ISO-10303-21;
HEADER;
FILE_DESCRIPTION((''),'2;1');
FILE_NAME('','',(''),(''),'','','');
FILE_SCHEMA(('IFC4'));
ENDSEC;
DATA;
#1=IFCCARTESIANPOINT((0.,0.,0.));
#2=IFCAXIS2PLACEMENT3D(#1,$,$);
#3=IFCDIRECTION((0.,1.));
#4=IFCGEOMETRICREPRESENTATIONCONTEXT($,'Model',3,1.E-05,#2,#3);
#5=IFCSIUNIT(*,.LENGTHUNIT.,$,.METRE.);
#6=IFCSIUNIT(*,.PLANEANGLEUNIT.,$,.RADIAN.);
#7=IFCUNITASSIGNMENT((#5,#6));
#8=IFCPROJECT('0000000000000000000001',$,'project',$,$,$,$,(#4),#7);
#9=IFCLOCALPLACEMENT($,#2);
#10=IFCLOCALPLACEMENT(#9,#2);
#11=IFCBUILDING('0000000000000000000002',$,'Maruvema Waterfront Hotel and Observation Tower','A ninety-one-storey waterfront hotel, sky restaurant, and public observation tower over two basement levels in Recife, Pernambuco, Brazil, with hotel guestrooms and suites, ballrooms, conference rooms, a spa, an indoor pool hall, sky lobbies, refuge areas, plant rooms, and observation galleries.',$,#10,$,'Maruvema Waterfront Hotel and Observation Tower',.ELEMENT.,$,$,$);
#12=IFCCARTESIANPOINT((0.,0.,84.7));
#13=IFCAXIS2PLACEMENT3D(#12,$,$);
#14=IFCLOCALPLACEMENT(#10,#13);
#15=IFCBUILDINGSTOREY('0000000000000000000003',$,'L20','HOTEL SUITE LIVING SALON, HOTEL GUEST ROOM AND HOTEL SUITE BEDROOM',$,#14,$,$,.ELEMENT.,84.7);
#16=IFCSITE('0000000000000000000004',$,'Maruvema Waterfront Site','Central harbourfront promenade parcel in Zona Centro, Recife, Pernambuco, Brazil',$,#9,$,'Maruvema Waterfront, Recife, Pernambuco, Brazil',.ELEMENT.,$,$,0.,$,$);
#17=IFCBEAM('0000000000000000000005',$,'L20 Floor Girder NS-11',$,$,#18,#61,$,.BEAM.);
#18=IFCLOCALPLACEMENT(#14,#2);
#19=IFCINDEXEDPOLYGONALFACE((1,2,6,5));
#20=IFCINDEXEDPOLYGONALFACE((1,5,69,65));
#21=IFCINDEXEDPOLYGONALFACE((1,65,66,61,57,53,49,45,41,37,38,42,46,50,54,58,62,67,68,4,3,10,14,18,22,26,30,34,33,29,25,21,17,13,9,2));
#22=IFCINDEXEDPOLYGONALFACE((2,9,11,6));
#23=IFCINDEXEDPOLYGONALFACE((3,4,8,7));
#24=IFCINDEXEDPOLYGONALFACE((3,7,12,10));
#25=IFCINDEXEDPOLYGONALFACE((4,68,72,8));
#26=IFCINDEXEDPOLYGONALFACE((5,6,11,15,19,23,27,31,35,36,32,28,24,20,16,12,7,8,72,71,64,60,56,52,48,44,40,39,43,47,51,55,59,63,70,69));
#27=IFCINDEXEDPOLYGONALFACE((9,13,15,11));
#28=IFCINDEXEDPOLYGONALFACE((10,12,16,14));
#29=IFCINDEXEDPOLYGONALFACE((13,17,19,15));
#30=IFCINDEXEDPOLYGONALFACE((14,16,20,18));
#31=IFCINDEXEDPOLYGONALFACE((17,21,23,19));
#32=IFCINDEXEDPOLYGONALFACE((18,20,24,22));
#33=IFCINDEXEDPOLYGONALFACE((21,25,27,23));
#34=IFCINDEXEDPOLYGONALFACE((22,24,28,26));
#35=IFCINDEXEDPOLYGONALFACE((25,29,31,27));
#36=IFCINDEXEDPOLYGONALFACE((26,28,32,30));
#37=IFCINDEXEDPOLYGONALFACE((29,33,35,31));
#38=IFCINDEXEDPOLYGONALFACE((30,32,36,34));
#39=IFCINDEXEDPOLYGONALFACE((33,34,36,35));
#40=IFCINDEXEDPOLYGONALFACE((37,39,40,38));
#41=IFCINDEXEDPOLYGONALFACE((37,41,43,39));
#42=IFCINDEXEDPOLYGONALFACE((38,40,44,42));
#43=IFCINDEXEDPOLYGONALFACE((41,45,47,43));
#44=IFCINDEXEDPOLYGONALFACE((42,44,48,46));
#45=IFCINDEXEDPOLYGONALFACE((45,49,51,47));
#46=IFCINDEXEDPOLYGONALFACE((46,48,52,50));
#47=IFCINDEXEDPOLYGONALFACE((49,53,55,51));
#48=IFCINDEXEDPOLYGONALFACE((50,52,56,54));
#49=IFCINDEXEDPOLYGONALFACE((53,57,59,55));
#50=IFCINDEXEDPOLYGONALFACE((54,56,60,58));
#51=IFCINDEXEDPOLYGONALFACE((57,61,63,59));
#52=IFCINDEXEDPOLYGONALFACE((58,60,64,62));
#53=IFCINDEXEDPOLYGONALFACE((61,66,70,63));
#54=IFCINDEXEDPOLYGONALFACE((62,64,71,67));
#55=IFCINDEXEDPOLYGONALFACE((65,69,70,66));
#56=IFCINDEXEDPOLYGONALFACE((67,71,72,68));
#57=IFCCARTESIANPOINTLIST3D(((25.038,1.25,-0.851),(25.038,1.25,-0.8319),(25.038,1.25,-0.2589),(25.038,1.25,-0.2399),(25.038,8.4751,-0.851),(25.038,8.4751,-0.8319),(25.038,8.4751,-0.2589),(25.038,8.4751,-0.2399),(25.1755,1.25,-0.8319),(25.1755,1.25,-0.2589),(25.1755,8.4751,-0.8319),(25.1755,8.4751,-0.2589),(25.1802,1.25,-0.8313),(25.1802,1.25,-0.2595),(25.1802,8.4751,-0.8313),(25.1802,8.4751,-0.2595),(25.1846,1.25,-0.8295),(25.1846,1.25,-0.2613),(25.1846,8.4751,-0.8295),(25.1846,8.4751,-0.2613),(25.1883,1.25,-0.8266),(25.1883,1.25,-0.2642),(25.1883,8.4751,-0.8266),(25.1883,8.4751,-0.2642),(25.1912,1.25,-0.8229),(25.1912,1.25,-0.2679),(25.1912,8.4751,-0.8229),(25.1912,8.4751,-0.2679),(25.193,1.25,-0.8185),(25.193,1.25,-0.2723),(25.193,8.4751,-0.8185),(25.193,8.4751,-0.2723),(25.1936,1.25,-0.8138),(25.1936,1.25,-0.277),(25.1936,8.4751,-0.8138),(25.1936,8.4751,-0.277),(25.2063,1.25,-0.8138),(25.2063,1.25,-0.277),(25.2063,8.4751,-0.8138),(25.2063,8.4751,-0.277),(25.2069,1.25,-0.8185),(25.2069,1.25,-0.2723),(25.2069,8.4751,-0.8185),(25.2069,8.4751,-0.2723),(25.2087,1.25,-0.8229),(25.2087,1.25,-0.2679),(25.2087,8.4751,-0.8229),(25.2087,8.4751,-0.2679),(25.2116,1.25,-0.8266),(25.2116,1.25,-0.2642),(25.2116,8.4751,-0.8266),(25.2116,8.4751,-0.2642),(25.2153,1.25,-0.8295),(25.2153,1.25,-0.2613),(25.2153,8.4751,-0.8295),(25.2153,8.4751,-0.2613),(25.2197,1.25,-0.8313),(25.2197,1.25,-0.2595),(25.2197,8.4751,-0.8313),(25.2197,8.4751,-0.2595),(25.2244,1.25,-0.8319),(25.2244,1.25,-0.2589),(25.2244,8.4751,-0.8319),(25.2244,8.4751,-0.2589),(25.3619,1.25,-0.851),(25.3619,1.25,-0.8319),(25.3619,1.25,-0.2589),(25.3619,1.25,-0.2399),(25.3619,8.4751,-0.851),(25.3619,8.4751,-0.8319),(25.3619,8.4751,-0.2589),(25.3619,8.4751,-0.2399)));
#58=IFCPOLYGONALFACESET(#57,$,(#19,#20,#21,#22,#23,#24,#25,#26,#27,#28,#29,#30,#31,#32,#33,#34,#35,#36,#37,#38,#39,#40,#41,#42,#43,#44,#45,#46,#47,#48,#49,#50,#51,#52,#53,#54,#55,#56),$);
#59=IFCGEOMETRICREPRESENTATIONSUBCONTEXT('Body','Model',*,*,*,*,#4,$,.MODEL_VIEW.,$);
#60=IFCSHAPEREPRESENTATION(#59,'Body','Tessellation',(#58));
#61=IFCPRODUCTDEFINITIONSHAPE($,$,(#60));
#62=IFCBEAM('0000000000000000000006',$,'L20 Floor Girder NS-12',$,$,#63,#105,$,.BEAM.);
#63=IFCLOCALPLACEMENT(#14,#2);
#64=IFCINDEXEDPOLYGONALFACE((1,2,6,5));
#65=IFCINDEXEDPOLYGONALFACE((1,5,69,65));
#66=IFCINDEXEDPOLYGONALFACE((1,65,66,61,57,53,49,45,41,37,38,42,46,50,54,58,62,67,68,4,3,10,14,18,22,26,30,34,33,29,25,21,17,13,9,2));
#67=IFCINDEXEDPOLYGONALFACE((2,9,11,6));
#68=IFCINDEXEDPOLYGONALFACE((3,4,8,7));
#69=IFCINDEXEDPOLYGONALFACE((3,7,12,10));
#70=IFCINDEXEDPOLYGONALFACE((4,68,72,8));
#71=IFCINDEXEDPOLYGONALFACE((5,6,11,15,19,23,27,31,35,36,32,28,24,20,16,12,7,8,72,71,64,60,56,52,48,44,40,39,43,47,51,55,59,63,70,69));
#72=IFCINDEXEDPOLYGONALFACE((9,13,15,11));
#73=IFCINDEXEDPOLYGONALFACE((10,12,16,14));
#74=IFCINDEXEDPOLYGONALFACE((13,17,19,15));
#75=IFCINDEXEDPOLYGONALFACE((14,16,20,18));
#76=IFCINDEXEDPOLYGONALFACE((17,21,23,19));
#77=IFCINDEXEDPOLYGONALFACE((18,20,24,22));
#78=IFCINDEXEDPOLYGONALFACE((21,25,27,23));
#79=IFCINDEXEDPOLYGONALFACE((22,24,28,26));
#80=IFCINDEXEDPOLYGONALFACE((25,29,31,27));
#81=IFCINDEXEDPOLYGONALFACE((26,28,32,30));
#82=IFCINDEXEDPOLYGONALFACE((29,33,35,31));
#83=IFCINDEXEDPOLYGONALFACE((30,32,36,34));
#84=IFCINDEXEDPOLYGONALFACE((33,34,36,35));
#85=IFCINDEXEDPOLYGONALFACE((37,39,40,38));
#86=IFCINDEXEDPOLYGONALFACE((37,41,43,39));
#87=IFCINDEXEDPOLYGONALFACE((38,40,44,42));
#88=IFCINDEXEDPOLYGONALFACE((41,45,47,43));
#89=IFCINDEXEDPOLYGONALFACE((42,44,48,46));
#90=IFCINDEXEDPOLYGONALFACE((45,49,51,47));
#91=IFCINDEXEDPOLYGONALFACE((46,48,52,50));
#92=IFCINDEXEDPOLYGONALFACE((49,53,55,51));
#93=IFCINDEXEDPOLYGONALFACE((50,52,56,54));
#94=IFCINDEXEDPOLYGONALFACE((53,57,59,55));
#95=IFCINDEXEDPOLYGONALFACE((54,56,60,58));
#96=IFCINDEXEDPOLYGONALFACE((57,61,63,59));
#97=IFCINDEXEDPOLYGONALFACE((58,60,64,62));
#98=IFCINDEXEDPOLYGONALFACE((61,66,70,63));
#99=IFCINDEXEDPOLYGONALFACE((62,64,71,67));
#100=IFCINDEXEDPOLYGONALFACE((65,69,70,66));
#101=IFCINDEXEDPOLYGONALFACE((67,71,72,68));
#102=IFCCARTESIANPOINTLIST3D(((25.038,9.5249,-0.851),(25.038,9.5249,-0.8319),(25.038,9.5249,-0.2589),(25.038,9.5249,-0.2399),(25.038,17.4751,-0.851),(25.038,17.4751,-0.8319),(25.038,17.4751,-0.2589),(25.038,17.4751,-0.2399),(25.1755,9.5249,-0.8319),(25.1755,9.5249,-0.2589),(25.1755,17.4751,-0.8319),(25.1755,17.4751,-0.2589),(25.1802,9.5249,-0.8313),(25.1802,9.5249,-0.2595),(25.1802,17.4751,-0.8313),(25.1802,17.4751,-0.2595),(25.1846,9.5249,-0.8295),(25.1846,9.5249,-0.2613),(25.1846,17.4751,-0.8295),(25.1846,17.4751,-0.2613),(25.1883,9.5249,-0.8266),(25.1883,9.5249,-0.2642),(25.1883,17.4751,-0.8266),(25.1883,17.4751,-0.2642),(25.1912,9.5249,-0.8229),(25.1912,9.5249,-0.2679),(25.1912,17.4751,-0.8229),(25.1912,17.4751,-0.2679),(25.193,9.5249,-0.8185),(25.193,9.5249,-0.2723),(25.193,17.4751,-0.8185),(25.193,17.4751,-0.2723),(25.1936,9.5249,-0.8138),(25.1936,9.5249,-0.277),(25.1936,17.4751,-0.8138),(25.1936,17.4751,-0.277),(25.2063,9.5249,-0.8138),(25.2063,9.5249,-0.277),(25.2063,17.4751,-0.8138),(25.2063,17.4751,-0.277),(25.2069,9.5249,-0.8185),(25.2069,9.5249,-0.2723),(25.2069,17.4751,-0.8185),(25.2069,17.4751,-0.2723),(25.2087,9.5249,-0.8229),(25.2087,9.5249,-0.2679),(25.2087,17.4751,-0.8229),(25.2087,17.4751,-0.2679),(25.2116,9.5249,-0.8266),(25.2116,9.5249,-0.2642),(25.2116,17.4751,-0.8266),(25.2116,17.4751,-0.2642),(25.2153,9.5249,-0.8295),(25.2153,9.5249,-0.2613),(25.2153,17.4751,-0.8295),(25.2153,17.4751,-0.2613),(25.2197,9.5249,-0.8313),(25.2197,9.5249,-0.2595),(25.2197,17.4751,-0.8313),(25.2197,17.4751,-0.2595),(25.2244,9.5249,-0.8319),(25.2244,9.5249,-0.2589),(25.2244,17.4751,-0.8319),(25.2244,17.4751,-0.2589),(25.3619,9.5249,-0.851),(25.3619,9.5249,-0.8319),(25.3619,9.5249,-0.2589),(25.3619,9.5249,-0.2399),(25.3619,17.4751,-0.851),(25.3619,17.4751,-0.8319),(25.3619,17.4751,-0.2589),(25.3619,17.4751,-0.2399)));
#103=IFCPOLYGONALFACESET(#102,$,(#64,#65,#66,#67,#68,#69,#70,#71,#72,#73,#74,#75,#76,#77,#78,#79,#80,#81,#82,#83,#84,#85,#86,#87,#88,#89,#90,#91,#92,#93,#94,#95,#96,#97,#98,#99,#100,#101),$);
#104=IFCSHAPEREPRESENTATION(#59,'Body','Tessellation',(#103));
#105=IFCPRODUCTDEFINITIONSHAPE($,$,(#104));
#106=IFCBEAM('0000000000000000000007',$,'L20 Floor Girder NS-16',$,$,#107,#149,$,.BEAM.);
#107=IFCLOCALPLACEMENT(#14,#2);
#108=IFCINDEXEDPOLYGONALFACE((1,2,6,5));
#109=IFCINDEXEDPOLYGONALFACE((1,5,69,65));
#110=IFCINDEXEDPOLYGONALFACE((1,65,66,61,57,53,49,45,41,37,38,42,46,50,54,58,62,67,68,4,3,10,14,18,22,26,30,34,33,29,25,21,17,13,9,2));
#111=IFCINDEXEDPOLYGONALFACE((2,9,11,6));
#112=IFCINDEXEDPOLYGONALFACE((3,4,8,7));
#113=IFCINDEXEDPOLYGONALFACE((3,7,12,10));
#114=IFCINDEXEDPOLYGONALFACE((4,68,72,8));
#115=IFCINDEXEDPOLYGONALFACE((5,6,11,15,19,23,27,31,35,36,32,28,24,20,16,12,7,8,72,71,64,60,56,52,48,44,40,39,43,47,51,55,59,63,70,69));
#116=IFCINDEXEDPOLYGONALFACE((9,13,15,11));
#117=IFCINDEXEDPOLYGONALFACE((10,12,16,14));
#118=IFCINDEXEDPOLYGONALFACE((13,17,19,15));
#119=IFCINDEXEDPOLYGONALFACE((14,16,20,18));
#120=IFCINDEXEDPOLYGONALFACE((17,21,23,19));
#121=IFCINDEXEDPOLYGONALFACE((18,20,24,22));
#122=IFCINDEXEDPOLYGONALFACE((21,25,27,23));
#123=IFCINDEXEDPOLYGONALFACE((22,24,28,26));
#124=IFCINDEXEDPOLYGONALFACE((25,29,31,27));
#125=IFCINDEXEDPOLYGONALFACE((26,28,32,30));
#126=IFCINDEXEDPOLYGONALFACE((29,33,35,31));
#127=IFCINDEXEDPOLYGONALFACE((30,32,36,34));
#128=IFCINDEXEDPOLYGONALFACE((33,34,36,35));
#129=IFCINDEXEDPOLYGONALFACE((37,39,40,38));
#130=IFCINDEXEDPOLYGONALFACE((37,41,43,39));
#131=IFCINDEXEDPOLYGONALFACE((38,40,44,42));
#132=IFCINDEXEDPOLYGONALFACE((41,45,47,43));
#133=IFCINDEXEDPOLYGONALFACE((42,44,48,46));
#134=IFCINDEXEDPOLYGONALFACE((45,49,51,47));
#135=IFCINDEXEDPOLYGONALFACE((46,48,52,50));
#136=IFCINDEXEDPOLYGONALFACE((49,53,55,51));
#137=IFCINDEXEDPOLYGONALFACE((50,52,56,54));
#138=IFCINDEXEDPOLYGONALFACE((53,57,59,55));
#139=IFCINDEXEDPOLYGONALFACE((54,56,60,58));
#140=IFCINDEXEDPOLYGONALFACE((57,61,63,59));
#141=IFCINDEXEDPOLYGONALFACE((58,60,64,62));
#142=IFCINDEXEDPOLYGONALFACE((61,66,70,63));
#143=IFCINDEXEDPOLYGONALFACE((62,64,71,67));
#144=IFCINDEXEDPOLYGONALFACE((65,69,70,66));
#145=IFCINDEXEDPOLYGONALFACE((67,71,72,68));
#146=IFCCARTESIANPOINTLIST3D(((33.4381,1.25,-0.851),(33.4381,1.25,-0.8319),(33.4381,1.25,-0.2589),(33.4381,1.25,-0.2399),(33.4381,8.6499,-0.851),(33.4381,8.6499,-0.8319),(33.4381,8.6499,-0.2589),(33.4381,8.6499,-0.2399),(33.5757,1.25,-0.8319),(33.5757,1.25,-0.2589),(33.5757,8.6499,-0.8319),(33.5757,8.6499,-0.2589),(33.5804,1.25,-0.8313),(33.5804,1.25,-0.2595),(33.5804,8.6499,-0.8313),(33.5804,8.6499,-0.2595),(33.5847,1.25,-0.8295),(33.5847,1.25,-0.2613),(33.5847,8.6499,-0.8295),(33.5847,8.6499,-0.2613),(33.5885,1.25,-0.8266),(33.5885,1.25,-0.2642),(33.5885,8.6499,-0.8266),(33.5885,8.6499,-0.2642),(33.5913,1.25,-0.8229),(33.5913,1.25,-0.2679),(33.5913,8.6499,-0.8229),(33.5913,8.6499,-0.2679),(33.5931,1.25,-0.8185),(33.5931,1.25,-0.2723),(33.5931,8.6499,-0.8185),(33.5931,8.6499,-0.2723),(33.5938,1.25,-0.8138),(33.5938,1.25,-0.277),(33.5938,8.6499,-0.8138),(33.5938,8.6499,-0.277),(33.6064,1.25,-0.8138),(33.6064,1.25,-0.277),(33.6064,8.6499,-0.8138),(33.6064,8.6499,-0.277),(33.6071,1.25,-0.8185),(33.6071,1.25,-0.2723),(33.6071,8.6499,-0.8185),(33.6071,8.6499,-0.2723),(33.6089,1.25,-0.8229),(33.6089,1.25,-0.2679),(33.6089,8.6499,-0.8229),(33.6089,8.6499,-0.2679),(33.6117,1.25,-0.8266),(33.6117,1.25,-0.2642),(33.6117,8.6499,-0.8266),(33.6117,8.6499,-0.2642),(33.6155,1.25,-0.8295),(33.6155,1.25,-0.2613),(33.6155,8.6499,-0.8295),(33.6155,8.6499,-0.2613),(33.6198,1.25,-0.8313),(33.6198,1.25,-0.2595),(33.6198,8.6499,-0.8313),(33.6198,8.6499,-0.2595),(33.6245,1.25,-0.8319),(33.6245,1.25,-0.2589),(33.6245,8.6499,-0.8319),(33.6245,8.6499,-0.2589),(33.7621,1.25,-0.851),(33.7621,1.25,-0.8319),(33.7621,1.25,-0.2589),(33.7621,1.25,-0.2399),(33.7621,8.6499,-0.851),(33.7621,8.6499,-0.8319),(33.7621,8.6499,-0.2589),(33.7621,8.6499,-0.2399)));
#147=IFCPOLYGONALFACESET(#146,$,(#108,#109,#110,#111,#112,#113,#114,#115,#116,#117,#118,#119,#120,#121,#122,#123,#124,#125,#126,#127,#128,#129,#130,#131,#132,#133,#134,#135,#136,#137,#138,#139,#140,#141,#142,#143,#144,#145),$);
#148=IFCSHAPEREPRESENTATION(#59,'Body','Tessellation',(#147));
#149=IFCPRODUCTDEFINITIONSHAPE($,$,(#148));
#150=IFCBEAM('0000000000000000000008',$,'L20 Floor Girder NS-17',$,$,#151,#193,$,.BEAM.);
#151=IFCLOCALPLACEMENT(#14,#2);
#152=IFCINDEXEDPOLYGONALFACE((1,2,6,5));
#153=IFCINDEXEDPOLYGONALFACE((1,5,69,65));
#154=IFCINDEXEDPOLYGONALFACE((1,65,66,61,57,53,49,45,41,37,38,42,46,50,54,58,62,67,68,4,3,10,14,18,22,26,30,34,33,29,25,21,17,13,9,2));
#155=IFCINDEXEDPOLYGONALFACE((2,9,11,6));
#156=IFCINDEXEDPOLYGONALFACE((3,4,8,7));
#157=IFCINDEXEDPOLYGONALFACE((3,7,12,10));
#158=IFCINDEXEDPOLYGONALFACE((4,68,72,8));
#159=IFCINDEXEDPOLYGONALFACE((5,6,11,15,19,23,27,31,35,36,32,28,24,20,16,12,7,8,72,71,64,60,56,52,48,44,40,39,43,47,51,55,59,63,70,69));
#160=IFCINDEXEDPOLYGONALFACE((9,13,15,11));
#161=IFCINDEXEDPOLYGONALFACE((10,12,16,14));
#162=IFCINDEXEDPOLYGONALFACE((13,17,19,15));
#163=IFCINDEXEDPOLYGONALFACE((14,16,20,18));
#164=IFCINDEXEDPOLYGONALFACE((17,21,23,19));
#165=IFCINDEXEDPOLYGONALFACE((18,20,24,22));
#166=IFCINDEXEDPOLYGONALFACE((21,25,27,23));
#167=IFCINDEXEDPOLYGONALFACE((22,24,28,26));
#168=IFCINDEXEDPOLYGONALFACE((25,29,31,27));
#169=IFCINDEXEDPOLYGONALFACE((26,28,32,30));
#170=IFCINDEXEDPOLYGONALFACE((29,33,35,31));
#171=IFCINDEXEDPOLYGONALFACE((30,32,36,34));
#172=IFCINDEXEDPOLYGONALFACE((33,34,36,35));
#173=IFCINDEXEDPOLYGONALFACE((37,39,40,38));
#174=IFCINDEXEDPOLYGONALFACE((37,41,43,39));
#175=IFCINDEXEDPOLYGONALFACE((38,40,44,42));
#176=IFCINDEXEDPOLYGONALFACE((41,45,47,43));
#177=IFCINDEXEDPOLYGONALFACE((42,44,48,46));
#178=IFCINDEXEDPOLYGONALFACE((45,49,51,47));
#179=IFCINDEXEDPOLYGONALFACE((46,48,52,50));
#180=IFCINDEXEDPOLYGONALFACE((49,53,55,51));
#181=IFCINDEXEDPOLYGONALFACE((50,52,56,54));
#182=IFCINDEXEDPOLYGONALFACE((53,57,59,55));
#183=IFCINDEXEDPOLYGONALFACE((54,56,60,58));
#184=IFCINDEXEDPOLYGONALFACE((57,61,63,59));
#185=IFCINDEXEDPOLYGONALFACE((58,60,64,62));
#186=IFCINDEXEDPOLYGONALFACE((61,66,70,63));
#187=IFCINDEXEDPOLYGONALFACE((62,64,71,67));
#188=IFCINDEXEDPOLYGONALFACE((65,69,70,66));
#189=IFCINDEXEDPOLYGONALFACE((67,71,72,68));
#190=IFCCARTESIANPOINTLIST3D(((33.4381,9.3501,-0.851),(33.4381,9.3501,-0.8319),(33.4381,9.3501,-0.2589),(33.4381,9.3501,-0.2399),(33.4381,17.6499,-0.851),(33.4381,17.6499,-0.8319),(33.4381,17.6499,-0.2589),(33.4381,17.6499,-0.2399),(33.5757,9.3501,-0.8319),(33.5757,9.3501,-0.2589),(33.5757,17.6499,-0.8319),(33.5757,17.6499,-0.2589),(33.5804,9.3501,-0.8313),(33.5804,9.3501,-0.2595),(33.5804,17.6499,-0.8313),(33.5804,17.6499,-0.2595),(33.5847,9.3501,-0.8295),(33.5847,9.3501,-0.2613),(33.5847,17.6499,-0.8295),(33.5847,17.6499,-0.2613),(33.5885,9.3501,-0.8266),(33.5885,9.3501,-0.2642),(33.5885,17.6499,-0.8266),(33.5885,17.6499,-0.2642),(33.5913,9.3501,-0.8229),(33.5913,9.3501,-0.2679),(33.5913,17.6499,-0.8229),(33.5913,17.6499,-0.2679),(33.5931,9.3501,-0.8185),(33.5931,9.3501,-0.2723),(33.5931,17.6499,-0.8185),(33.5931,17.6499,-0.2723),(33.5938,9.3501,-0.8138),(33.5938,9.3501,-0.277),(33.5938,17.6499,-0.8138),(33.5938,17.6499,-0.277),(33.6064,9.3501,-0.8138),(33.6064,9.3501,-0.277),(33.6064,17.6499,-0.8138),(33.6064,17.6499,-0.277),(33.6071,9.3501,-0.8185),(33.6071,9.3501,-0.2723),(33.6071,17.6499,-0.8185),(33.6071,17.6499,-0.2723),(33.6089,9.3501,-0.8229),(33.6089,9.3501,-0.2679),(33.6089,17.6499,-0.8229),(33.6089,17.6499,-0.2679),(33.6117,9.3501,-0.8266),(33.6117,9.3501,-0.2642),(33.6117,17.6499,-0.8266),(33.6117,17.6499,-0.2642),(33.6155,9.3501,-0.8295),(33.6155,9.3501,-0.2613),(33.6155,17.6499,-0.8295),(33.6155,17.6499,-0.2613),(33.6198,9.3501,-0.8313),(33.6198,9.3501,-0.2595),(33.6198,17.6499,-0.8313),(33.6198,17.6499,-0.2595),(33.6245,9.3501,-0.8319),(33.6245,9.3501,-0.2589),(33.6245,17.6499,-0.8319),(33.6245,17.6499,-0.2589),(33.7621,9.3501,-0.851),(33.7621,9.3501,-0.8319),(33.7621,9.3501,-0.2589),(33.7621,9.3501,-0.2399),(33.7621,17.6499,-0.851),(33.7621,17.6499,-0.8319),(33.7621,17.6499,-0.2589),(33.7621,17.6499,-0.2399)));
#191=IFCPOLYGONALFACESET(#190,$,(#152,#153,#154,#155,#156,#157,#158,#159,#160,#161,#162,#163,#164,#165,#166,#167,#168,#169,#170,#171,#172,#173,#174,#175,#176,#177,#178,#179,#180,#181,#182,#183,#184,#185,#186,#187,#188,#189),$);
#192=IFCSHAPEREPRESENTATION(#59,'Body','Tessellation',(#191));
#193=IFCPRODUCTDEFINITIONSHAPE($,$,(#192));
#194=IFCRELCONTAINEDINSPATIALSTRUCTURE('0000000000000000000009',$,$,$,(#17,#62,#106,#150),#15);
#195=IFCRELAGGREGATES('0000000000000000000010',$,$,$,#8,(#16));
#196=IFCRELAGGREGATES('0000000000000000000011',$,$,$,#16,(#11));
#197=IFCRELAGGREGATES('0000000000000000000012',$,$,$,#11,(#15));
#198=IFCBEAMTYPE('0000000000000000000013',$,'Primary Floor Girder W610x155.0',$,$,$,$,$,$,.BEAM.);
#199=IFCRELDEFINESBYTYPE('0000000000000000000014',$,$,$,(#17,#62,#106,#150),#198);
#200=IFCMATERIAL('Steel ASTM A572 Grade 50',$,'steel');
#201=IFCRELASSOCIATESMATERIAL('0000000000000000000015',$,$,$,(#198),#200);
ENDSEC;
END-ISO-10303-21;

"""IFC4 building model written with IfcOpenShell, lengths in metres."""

from ifc_helpers import new_model, si_unit, direction, frame, origin, origin_2d, place, context, subcontext, project, spatial, i_section, extrude, material, material_profile, profile_set, type_object, element, save


model = new_model("IFC4")

# Units and contexts
model_context = context("Model", 3, precision=1e-05, world=origin(), true_north=direction((0.0, 1.0)))
body_context = subcontext(model_context, "Body", "Model", "MODEL_VIEW")
ifc_project = project(units=[si_unit("LENGTHUNIT", "METRE"), si_unit("PLANEANGLEUNIT", "RADIAN")], contexts=[model_context])

# Site, building, storey
site_placement = place(None, origin())
site = spatial("IfcSite", under=ifc_project, at=site_placement, Name="Maruvema Waterfront Site", Description="Central harbourfront promenade parcel in Zona Centro, Recife, Pernambuco, Brazil", LongName="Maruvema Waterfront, Recife, Pernambuco, Brazil", CompositionType="ELEMENT", RefElevation=0.0)
building_placement = place(site_placement, origin())
building = spatial("IfcBuilding", under=site, at=building_placement, Name="Maruvema Waterfront Hotel and Observation Tower", Description="A ninety-one-storey waterfront hotel, sky restaurant, and public observation tower over two basement levels in Recife, Pernambuco, Brazil, with hotel guestrooms and suites, ballrooms, conference rooms, a spa, an indoor pool hall, sky lobbies, refuge areas, plant rooms, and observation galleries.", LongName="Maruvema Waterfront Hotel and Observation Tower", CompositionType="ELEMENT")
storey_placement = place(building_placement, frame((0.0, 0.0, 84.7)))
storey = spatial("IfcBuildingStorey", under=building, at=storey_placement, Name="L20", Description="HOTEL SUITE LIVING SALON, HOTEL GUEST ROOM AND HOTEL SUITE BEDROOM", CompositionType="ELEMENT", Elevation=84.7)

# Beams
ifc_material_1 = material(Name="Steel ASTM A572 Grade 50", Category="steel")
ifc_material_profile_1 = material_profile(ifc_material_1, i_section(OverallWidth=0.324, OverallDepth=0.6111, WebThickness=0.0127, FlangeThickness=0.019, FilletRadius=0.0181, at=origin_2d()), Name="W610x155.0")
ifc_profile_set_1 = profile_set([ifc_material_profile_1], Name="Steel ASTM A572 Grade 50")
beam_type_1 = type_object("IfcBeamType", Name="Primary Floor Girder W610x155.0", PredefinedType="BEAM", material=ifc_profile_set_1)
beam_1_placement = place(storey_placement, frame((25.2, 1.25, -0.5454), z_axis=(0.0, 1.0, 0.0), x_axis=(-1.0, 0.0, 0.0)))
element("IfcBeam", 1, at=beam_1_placement, inside=storey, type_object=beam_type_1, Name="L20 Floor Girder NS-11", PredefinedType="BEAM", context=body_context, shape_type="SweptSolid", body=[
    extrude(i_section(OverallWidth=0.324, OverallDepth=0.6111, WebThickness=0.0127, FlangeThickness=0.019, FilletRadius=0.0181, at=origin_2d()), origin(), (0.0, 0.0, 1.0), 7.2251),
])
beam_2_placement = place(storey_placement, frame((25.2, 9.5249, -0.5454), z_axis=(0.0, 1.0, 0.0), x_axis=(-1.0, 0.0, 0.0)))
element("IfcBeam", 2, at=beam_2_placement, inside=storey, type_object=beam_type_1, Name="L20 Floor Girder NS-12", PredefinedType="BEAM", context=body_context, shape_type="SweptSolid", body=[
    extrude(i_section(OverallWidth=0.324, OverallDepth=0.6111, WebThickness=0.0127, FlangeThickness=0.019, FilletRadius=0.0181, at=origin_2d()), origin(), (0.0, 0.0, 1.0), 7.9502),
])
beam_3_placement = place(storey_placement, frame((33.6001, 1.25, -0.5454), z_axis=(0.0, 1.0, 0.0), x_axis=(-1.0, 0.0, 0.0)))
element("IfcBeam", 3, at=beam_3_placement, inside=storey, type_object=beam_type_1, Name="L20 Floor Girder NS-16", PredefinedType="BEAM", context=body_context, shape_type="SweptSolid", body=[
    extrude(i_section(OverallWidth=0.324, OverallDepth=0.6111, WebThickness=0.0127, FlangeThickness=0.019, FilletRadius=0.0181, at=origin_2d()), origin(), (0.0, 0.0, 1.0), 7.3999),
])
beam_4_placement = place(storey_placement, frame((33.6001, 9.3501, -0.5454), z_axis=(0.0, 1.0, 0.0), x_axis=(-1.0, 0.0, 0.0)))
element("IfcBeam", 4, at=beam_4_placement, inside=storey, type_object=beam_type_1, Name="L20 Floor Girder NS-17", PredefinedType="BEAM", context=body_context, shape_type="SweptSolid", body=[
    extrude(i_section(OverallWidth=0.324, OverallDepth=0.6111, WebThickness=0.0127, FlangeThickness=0.019, FilletRadius=0.0181, at=origin_2d()), origin(), (0.0, 0.0, 1.0), 8.2998),
])

save(model, "model.ifc")
